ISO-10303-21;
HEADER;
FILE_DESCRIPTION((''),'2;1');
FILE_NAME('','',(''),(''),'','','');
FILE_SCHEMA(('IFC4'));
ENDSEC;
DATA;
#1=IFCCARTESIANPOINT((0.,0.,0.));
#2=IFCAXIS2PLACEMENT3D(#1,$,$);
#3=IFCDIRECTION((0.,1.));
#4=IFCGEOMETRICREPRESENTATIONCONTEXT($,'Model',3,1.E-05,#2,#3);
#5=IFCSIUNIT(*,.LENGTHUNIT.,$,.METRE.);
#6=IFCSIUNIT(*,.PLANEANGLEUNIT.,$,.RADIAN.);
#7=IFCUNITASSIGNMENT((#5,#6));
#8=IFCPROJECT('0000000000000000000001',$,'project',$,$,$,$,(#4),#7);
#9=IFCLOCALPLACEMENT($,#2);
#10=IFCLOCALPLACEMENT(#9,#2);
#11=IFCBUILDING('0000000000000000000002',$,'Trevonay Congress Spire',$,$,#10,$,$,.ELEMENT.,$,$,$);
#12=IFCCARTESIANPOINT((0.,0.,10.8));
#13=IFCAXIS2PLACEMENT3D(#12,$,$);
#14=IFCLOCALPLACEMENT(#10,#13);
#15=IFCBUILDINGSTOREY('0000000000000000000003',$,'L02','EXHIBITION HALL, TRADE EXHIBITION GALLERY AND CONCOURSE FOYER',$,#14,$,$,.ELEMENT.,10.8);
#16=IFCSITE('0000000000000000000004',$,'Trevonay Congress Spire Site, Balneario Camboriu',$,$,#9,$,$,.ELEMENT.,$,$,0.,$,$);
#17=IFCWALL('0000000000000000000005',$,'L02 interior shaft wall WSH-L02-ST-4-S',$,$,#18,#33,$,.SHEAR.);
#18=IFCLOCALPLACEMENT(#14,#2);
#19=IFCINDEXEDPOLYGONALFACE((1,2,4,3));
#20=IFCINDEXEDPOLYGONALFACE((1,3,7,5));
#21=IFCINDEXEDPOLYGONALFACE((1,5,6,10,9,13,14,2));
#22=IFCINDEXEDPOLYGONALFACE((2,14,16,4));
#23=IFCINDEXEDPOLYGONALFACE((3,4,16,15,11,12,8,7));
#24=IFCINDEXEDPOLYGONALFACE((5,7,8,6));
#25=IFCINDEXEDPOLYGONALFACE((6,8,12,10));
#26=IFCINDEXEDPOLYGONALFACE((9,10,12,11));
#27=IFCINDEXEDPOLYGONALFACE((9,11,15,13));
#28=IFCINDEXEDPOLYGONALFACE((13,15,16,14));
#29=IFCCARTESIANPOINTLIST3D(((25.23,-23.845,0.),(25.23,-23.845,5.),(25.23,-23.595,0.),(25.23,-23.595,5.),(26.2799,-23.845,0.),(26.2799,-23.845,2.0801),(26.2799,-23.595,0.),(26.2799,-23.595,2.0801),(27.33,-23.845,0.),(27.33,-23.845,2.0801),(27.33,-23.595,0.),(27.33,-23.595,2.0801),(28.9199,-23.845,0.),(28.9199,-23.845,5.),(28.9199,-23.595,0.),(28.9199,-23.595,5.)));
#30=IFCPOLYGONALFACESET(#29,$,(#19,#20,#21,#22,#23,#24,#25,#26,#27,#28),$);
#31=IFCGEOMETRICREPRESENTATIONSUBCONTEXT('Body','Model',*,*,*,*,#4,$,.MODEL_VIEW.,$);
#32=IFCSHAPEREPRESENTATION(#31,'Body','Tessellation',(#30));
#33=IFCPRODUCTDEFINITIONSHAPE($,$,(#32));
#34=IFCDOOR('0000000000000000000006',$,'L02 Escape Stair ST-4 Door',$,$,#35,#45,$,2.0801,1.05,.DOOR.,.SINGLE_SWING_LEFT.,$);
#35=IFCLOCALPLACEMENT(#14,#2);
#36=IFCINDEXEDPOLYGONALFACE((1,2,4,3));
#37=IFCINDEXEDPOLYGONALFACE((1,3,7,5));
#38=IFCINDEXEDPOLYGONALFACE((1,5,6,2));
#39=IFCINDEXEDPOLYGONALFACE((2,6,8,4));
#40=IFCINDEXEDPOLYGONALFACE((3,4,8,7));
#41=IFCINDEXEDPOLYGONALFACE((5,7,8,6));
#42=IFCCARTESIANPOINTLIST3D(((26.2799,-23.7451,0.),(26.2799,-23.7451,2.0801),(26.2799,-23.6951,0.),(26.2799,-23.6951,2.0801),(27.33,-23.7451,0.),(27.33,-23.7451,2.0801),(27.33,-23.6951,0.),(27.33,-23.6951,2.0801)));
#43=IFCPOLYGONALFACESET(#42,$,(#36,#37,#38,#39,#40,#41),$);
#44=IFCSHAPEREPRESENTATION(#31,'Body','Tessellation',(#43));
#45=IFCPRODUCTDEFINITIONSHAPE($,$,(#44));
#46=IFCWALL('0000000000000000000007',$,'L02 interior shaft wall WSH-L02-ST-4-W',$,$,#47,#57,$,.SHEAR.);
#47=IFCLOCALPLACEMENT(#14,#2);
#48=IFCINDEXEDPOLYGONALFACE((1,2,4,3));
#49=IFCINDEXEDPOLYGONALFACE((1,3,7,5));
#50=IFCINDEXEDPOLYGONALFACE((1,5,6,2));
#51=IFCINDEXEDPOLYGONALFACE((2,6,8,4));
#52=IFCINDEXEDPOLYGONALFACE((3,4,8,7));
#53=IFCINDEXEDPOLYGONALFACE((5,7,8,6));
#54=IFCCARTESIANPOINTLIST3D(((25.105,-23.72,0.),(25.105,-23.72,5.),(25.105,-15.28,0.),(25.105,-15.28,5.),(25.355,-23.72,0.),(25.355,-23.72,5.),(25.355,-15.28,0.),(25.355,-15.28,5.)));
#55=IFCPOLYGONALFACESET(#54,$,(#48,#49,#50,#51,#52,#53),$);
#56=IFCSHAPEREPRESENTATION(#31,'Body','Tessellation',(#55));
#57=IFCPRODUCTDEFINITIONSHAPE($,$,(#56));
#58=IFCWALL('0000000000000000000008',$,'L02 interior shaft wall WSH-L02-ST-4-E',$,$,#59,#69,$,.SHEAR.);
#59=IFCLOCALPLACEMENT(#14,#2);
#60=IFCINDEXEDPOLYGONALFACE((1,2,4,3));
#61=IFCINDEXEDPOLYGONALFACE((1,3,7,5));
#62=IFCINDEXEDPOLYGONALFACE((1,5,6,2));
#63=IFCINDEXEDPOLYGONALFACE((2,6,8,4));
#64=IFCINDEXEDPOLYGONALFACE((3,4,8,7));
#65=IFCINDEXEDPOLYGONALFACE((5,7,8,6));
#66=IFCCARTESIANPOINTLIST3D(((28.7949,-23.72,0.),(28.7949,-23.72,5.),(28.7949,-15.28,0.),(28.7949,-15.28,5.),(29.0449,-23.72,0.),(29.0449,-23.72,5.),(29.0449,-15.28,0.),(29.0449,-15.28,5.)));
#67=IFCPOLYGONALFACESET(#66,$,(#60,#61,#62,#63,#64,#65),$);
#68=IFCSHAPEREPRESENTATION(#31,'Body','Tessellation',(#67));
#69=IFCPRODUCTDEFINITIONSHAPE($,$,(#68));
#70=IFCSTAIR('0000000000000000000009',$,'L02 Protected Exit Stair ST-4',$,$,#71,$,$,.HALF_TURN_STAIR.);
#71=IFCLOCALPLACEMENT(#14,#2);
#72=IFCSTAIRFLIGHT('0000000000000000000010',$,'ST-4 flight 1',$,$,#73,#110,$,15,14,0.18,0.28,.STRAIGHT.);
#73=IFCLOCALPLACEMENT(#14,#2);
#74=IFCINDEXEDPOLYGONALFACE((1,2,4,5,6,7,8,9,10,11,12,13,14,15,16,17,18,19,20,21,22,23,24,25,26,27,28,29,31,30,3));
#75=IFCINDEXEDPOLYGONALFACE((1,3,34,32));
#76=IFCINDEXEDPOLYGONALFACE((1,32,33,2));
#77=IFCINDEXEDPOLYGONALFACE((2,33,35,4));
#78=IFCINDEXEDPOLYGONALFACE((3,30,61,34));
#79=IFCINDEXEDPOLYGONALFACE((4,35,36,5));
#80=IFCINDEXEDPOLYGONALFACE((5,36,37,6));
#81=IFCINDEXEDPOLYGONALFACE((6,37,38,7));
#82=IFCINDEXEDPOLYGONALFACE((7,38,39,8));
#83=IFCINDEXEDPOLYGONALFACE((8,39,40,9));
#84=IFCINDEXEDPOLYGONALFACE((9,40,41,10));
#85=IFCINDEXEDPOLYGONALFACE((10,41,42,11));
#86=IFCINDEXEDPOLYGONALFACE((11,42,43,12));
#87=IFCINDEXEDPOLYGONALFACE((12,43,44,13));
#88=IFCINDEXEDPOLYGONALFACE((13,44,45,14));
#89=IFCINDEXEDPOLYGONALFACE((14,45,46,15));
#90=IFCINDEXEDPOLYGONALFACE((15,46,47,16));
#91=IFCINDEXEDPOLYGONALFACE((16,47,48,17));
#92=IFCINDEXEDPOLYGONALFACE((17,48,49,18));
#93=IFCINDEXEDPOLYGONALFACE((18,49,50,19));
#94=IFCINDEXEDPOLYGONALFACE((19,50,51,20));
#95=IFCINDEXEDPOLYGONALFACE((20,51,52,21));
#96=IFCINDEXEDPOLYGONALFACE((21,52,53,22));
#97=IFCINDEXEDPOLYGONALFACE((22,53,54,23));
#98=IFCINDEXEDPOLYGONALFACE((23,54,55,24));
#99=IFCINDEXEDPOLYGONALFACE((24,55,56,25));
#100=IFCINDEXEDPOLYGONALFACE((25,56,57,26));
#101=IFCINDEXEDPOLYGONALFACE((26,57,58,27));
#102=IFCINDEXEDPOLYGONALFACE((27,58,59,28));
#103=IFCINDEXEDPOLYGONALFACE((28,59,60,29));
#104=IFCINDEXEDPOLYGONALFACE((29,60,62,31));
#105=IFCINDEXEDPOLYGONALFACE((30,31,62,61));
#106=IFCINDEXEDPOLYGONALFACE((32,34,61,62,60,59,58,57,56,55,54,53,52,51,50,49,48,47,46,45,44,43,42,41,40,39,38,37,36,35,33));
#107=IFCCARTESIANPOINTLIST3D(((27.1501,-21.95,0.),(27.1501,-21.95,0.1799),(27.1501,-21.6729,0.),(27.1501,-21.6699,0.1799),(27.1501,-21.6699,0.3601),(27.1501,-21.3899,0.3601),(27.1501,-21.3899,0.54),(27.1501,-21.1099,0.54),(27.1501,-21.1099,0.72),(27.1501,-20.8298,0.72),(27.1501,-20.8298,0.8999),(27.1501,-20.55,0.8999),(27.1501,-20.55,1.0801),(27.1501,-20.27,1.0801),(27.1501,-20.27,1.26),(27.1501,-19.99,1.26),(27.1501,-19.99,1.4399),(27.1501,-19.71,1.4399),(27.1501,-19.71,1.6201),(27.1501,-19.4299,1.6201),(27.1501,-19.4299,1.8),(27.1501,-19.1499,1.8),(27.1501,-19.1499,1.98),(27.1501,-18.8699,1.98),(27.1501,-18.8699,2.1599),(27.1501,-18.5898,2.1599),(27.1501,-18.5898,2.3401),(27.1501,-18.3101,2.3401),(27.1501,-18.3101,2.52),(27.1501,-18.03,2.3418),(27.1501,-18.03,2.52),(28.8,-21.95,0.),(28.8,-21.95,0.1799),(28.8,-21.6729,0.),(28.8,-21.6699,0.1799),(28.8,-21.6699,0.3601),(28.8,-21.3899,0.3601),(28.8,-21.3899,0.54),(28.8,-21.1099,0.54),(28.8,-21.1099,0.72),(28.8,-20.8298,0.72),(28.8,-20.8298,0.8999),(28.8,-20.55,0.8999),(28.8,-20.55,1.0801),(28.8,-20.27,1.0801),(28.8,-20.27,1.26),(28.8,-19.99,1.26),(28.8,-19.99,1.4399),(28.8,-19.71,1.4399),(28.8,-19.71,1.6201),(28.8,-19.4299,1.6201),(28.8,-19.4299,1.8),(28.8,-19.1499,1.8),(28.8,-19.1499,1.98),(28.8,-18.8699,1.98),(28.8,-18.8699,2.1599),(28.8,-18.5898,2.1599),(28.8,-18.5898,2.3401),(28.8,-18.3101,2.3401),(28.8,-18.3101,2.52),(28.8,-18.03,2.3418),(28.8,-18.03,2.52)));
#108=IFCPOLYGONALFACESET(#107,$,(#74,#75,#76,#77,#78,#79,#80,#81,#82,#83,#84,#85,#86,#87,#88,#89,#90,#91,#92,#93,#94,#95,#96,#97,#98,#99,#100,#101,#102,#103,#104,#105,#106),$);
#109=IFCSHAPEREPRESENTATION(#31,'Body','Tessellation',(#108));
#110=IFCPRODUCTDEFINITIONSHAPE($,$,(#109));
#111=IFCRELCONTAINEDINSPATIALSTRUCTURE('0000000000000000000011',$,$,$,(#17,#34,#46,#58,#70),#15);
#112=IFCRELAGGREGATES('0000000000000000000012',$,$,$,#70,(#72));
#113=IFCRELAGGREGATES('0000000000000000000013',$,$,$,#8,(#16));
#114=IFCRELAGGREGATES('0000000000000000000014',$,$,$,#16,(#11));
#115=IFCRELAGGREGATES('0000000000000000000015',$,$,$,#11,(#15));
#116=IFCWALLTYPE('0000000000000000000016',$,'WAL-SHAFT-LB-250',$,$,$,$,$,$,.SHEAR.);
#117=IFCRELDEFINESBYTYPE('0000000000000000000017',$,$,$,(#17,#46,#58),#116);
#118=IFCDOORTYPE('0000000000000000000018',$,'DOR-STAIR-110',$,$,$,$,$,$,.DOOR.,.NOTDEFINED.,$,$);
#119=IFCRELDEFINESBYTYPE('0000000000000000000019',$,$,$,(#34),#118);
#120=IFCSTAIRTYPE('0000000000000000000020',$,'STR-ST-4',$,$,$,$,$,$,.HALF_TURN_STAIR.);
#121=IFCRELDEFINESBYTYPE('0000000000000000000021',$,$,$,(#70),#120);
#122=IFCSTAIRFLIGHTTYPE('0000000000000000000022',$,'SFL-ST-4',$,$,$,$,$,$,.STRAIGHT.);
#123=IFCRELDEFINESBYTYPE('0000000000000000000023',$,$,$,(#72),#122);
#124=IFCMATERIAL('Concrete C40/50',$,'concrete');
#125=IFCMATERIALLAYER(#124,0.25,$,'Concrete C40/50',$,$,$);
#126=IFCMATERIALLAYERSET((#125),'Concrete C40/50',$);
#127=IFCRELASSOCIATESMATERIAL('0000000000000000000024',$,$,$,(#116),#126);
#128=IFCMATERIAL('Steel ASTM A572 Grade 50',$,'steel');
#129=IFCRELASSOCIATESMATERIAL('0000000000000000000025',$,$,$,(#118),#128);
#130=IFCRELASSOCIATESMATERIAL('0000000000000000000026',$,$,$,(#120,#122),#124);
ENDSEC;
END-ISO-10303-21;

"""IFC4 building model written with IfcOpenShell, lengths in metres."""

from ifc_helpers import new_model, si_unit, direction, frame, frame_2d, origin, place, context, subcontext, project, spatial, polyline, rectangle, outline, extrude, material, layer, layer_set, type_object, element, fill, aggregate, save


model = new_model("IFC4")

# Units and contexts
model_context = context("Model", 3, precision=1e-05, world=origin(), true_north=direction((0.0, 1.0)))
body_context = subcontext(model_context, "Body", "Model", "MODEL_VIEW")
ifc_project = project(units=[si_unit("LENGTHUNIT", "METRE"), si_unit("PLANEANGLEUNIT", "RADIAN")], contexts=[model_context])

# Site, building, storey
site_placement = place(None, origin())
site = spatial("IfcSite", under=ifc_project, at=site_placement, Name="Trevonay Congress Spire Site, Balneario Camboriu", CompositionType="ELEMENT", RefElevation=0.0)
building_placement = place(site_placement, origin())
building = spatial("IfcBuilding", under=site, at=building_placement, Name="Trevonay Congress Spire", CompositionType="ELEMENT")
storey_placement = place(building_placement, frame((0.0, 0.0, 10.8)))
storey = spatial("IfcBuildingStorey", under=building, at=storey_placement, Name="L02", Description="EXHIBITION HALL, TRADE EXHIBITION GALLERY AND CONCOURSE FOYER", CompositionType="ELEMENT", Elevation=10.8)

# Shared definitions
ifc_material_1 = material(Name="Steel ASTM A572 Grade 50", Category="steel")

# Wall, opening, door
ifc_material_2 = material(Name="Concrete C40/50", Category="concrete")
ifc_layer_1 = layer(ifc_material_2, 0.25, Name="Concrete C40/50")
ifc_layer_set_1 = layer_set([ifc_layer_1], Name="Concrete C40/50")
wall_type_1 = type_object("IfcWallType", Name="WAL-SHAFT-LB-250", PredefinedType="SHEAR", material=ifc_layer_set_1)
wall_1_placement = place(storey_placement, frame((25.23, -23.72, 0.0), z_axis=(0.0, 0.0, 1.0), x_axis=(1.0, 0.0, 0.0)))
wall_1 = element("IfcWall", 1, at=wall_1_placement, inside=storey, type_object=wall_type_1, Name="L02 interior shaft wall WSH-L02-ST-4-S", PredefinedType="SHEAR", context=body_context, shape_type="SweptSolid", body=[
    extrude(rectangle(XDim=3.6899, YDim=0.25, at=frame_2d((1.845, 0.0))), origin(), (0.0, 0.0, 1.0), 5.0),
])
opening_1_placement = place(wall_1_placement, frame((1.05, 0.0, 0.0)))
opening_1 = element("IfcOpeningElement", 2, at=opening_1_placement, cuts=wall_1, PredefinedType="OPENING", context=body_context, shape_type="SweptSolid", body=[
    extrude(rectangle(XDim=1.05, YDim=2.0801, at=frame_2d((0.5249, 1.04))), frame((0.0, 0.135, 0.0), z_axis=(0.0, -1.0, 0.0), x_axis=(1.0, 0.0, 0.0)), (0.0, 0.0, 1.0), 0.27),
])
door_type_1 = type_object("IfcDoorType", Name="DOR-STAIR-110", OperationType="NOTDEFINED", PredefinedType="DOOR", material=ifc_material_1)
door_1_placement = place(opening_1_placement, origin())
door_1 = element("IfcDoor", 3, at=door_1_placement, inside=storey, type_object=door_type_1, Name="L02 Escape Stair ST-4 Door", OperationType="SINGLE_SWING_LEFT", OverallHeight=2.0801, OverallWidth=1.05, PredefinedType="DOOR", context=body_context, shape_type="SweptSolid", body=[
    extrude(rectangle(XDim=1.05, YDim=2.0801, at=frame_2d((0.5249, 1.04))), frame((0.0, 0.0249, 0.0), z_axis=(0.0, -1.0, 0.0), x_axis=(1.0, 0.0, 0.0)), (0.0, 0.0, 1.0), 0.05),
])
fill(opening_1, door_1)

# Walls
for number, where, z_axis, x_axis, name in (
    (4, (25.23, -23.72, 0.0), (0.0, 0.0, 1.0), (0.0, 1.0, 0.0), "L02 interior shaft wall WSH-L02-ST-4-W"),
    (5, (28.9199, -23.72, 0.0), (0.0, 0.0, 1.0), (0.0, 1.0, 0.0), "L02 interior shaft wall WSH-L02-ST-4-E"),
):
    element("IfcWall", number, at=place(storey_placement, frame(where, z_axis=z_axis, x_axis=x_axis)), inside=storey, type_object=wall_type_1, Name=name, PredefinedType="SHEAR", context=body_context, shape_type="SweptSolid", body=[
        extrude(rectangle(XDim=8.4399, YDim=0.25, at=frame_2d((4.22, 0.0))), origin(), (0.0, 0.0, 1.0), 5.0),
    ])

# Stair, stair flight
stair_type = type_object("IfcStairType", Name="STR-ST-4", PredefinedType="HALF_TURN_STAIR", material=ifc_material_2)
stair_placement = place(storey_placement, origin())
stair = element("IfcStair", 6, at=stair_placement, inside=storey, type_object=stair_type, Name="L02 Protected Exit Stair ST-4", PredefinedType="HALF_TURN_STAIR")
stair_flight_type = type_object("IfcStairFlightType", Name="SFL-ST-4", PredefinedType="STRAIGHT", material=ifc_material_2)
stair_flight_placement = place(storey_placement, frame((27.9751, -21.95, 0.0), z_axis=(0.0, 0.0, 1.0), x_axis=(0.0, 1.0, 0.0)))
stair_flight = element("IfcStairFlight", 7, at=stair_flight_placement, type_object=stair_flight_type, Name="ST-4 flight 1", NumberOfRisers=15, NumberOfTreads=14, PredefinedType="STRAIGHT", RiserHeight=0.18, TreadLength=0.28, context=body_context, shape_type="SweptSolid", body=[
    extrude(outline(polyline([(0.0, 0.0), (0.0, 0.1799), (0.28, 0.1799), (0.28, 0.3601), (0.5601, 0.3601), (0.5601, 0.54), (0.8401, 0.54), (0.8401, 0.72), (1.1201, 0.72), (1.1201, 0.8999), (1.3999, 0.8999), (1.3999, 1.0801), (1.6799, 1.0801), (1.6799, 1.26), (1.96, 1.26), (1.96, 1.4399), (2.24, 1.4399), (2.24, 1.6201), (2.52, 1.6201), (2.52, 1.8), (2.8, 1.8), (2.8, 1.98), (3.0801, 1.98), (3.0801, 2.1599), (3.3601, 2.1599), (3.3601, 2.3401), (3.6399, 2.3401), (3.6399, 2.52), (3.9199, 2.52), (3.9199, 2.7), (3.9199, 2.3418), (0.2771, 0.0), (0.0, 0.0)])), frame((0.0, 0.825, 0.0), z_axis=(0.0, -1.0, 0.0), x_axis=(1.0, 0.0, 0.0)), (0.0, 0.0, 1.0), 1.6499),
])
aggregate(stair, [stair_flight])

save(model, "model.ifc")
